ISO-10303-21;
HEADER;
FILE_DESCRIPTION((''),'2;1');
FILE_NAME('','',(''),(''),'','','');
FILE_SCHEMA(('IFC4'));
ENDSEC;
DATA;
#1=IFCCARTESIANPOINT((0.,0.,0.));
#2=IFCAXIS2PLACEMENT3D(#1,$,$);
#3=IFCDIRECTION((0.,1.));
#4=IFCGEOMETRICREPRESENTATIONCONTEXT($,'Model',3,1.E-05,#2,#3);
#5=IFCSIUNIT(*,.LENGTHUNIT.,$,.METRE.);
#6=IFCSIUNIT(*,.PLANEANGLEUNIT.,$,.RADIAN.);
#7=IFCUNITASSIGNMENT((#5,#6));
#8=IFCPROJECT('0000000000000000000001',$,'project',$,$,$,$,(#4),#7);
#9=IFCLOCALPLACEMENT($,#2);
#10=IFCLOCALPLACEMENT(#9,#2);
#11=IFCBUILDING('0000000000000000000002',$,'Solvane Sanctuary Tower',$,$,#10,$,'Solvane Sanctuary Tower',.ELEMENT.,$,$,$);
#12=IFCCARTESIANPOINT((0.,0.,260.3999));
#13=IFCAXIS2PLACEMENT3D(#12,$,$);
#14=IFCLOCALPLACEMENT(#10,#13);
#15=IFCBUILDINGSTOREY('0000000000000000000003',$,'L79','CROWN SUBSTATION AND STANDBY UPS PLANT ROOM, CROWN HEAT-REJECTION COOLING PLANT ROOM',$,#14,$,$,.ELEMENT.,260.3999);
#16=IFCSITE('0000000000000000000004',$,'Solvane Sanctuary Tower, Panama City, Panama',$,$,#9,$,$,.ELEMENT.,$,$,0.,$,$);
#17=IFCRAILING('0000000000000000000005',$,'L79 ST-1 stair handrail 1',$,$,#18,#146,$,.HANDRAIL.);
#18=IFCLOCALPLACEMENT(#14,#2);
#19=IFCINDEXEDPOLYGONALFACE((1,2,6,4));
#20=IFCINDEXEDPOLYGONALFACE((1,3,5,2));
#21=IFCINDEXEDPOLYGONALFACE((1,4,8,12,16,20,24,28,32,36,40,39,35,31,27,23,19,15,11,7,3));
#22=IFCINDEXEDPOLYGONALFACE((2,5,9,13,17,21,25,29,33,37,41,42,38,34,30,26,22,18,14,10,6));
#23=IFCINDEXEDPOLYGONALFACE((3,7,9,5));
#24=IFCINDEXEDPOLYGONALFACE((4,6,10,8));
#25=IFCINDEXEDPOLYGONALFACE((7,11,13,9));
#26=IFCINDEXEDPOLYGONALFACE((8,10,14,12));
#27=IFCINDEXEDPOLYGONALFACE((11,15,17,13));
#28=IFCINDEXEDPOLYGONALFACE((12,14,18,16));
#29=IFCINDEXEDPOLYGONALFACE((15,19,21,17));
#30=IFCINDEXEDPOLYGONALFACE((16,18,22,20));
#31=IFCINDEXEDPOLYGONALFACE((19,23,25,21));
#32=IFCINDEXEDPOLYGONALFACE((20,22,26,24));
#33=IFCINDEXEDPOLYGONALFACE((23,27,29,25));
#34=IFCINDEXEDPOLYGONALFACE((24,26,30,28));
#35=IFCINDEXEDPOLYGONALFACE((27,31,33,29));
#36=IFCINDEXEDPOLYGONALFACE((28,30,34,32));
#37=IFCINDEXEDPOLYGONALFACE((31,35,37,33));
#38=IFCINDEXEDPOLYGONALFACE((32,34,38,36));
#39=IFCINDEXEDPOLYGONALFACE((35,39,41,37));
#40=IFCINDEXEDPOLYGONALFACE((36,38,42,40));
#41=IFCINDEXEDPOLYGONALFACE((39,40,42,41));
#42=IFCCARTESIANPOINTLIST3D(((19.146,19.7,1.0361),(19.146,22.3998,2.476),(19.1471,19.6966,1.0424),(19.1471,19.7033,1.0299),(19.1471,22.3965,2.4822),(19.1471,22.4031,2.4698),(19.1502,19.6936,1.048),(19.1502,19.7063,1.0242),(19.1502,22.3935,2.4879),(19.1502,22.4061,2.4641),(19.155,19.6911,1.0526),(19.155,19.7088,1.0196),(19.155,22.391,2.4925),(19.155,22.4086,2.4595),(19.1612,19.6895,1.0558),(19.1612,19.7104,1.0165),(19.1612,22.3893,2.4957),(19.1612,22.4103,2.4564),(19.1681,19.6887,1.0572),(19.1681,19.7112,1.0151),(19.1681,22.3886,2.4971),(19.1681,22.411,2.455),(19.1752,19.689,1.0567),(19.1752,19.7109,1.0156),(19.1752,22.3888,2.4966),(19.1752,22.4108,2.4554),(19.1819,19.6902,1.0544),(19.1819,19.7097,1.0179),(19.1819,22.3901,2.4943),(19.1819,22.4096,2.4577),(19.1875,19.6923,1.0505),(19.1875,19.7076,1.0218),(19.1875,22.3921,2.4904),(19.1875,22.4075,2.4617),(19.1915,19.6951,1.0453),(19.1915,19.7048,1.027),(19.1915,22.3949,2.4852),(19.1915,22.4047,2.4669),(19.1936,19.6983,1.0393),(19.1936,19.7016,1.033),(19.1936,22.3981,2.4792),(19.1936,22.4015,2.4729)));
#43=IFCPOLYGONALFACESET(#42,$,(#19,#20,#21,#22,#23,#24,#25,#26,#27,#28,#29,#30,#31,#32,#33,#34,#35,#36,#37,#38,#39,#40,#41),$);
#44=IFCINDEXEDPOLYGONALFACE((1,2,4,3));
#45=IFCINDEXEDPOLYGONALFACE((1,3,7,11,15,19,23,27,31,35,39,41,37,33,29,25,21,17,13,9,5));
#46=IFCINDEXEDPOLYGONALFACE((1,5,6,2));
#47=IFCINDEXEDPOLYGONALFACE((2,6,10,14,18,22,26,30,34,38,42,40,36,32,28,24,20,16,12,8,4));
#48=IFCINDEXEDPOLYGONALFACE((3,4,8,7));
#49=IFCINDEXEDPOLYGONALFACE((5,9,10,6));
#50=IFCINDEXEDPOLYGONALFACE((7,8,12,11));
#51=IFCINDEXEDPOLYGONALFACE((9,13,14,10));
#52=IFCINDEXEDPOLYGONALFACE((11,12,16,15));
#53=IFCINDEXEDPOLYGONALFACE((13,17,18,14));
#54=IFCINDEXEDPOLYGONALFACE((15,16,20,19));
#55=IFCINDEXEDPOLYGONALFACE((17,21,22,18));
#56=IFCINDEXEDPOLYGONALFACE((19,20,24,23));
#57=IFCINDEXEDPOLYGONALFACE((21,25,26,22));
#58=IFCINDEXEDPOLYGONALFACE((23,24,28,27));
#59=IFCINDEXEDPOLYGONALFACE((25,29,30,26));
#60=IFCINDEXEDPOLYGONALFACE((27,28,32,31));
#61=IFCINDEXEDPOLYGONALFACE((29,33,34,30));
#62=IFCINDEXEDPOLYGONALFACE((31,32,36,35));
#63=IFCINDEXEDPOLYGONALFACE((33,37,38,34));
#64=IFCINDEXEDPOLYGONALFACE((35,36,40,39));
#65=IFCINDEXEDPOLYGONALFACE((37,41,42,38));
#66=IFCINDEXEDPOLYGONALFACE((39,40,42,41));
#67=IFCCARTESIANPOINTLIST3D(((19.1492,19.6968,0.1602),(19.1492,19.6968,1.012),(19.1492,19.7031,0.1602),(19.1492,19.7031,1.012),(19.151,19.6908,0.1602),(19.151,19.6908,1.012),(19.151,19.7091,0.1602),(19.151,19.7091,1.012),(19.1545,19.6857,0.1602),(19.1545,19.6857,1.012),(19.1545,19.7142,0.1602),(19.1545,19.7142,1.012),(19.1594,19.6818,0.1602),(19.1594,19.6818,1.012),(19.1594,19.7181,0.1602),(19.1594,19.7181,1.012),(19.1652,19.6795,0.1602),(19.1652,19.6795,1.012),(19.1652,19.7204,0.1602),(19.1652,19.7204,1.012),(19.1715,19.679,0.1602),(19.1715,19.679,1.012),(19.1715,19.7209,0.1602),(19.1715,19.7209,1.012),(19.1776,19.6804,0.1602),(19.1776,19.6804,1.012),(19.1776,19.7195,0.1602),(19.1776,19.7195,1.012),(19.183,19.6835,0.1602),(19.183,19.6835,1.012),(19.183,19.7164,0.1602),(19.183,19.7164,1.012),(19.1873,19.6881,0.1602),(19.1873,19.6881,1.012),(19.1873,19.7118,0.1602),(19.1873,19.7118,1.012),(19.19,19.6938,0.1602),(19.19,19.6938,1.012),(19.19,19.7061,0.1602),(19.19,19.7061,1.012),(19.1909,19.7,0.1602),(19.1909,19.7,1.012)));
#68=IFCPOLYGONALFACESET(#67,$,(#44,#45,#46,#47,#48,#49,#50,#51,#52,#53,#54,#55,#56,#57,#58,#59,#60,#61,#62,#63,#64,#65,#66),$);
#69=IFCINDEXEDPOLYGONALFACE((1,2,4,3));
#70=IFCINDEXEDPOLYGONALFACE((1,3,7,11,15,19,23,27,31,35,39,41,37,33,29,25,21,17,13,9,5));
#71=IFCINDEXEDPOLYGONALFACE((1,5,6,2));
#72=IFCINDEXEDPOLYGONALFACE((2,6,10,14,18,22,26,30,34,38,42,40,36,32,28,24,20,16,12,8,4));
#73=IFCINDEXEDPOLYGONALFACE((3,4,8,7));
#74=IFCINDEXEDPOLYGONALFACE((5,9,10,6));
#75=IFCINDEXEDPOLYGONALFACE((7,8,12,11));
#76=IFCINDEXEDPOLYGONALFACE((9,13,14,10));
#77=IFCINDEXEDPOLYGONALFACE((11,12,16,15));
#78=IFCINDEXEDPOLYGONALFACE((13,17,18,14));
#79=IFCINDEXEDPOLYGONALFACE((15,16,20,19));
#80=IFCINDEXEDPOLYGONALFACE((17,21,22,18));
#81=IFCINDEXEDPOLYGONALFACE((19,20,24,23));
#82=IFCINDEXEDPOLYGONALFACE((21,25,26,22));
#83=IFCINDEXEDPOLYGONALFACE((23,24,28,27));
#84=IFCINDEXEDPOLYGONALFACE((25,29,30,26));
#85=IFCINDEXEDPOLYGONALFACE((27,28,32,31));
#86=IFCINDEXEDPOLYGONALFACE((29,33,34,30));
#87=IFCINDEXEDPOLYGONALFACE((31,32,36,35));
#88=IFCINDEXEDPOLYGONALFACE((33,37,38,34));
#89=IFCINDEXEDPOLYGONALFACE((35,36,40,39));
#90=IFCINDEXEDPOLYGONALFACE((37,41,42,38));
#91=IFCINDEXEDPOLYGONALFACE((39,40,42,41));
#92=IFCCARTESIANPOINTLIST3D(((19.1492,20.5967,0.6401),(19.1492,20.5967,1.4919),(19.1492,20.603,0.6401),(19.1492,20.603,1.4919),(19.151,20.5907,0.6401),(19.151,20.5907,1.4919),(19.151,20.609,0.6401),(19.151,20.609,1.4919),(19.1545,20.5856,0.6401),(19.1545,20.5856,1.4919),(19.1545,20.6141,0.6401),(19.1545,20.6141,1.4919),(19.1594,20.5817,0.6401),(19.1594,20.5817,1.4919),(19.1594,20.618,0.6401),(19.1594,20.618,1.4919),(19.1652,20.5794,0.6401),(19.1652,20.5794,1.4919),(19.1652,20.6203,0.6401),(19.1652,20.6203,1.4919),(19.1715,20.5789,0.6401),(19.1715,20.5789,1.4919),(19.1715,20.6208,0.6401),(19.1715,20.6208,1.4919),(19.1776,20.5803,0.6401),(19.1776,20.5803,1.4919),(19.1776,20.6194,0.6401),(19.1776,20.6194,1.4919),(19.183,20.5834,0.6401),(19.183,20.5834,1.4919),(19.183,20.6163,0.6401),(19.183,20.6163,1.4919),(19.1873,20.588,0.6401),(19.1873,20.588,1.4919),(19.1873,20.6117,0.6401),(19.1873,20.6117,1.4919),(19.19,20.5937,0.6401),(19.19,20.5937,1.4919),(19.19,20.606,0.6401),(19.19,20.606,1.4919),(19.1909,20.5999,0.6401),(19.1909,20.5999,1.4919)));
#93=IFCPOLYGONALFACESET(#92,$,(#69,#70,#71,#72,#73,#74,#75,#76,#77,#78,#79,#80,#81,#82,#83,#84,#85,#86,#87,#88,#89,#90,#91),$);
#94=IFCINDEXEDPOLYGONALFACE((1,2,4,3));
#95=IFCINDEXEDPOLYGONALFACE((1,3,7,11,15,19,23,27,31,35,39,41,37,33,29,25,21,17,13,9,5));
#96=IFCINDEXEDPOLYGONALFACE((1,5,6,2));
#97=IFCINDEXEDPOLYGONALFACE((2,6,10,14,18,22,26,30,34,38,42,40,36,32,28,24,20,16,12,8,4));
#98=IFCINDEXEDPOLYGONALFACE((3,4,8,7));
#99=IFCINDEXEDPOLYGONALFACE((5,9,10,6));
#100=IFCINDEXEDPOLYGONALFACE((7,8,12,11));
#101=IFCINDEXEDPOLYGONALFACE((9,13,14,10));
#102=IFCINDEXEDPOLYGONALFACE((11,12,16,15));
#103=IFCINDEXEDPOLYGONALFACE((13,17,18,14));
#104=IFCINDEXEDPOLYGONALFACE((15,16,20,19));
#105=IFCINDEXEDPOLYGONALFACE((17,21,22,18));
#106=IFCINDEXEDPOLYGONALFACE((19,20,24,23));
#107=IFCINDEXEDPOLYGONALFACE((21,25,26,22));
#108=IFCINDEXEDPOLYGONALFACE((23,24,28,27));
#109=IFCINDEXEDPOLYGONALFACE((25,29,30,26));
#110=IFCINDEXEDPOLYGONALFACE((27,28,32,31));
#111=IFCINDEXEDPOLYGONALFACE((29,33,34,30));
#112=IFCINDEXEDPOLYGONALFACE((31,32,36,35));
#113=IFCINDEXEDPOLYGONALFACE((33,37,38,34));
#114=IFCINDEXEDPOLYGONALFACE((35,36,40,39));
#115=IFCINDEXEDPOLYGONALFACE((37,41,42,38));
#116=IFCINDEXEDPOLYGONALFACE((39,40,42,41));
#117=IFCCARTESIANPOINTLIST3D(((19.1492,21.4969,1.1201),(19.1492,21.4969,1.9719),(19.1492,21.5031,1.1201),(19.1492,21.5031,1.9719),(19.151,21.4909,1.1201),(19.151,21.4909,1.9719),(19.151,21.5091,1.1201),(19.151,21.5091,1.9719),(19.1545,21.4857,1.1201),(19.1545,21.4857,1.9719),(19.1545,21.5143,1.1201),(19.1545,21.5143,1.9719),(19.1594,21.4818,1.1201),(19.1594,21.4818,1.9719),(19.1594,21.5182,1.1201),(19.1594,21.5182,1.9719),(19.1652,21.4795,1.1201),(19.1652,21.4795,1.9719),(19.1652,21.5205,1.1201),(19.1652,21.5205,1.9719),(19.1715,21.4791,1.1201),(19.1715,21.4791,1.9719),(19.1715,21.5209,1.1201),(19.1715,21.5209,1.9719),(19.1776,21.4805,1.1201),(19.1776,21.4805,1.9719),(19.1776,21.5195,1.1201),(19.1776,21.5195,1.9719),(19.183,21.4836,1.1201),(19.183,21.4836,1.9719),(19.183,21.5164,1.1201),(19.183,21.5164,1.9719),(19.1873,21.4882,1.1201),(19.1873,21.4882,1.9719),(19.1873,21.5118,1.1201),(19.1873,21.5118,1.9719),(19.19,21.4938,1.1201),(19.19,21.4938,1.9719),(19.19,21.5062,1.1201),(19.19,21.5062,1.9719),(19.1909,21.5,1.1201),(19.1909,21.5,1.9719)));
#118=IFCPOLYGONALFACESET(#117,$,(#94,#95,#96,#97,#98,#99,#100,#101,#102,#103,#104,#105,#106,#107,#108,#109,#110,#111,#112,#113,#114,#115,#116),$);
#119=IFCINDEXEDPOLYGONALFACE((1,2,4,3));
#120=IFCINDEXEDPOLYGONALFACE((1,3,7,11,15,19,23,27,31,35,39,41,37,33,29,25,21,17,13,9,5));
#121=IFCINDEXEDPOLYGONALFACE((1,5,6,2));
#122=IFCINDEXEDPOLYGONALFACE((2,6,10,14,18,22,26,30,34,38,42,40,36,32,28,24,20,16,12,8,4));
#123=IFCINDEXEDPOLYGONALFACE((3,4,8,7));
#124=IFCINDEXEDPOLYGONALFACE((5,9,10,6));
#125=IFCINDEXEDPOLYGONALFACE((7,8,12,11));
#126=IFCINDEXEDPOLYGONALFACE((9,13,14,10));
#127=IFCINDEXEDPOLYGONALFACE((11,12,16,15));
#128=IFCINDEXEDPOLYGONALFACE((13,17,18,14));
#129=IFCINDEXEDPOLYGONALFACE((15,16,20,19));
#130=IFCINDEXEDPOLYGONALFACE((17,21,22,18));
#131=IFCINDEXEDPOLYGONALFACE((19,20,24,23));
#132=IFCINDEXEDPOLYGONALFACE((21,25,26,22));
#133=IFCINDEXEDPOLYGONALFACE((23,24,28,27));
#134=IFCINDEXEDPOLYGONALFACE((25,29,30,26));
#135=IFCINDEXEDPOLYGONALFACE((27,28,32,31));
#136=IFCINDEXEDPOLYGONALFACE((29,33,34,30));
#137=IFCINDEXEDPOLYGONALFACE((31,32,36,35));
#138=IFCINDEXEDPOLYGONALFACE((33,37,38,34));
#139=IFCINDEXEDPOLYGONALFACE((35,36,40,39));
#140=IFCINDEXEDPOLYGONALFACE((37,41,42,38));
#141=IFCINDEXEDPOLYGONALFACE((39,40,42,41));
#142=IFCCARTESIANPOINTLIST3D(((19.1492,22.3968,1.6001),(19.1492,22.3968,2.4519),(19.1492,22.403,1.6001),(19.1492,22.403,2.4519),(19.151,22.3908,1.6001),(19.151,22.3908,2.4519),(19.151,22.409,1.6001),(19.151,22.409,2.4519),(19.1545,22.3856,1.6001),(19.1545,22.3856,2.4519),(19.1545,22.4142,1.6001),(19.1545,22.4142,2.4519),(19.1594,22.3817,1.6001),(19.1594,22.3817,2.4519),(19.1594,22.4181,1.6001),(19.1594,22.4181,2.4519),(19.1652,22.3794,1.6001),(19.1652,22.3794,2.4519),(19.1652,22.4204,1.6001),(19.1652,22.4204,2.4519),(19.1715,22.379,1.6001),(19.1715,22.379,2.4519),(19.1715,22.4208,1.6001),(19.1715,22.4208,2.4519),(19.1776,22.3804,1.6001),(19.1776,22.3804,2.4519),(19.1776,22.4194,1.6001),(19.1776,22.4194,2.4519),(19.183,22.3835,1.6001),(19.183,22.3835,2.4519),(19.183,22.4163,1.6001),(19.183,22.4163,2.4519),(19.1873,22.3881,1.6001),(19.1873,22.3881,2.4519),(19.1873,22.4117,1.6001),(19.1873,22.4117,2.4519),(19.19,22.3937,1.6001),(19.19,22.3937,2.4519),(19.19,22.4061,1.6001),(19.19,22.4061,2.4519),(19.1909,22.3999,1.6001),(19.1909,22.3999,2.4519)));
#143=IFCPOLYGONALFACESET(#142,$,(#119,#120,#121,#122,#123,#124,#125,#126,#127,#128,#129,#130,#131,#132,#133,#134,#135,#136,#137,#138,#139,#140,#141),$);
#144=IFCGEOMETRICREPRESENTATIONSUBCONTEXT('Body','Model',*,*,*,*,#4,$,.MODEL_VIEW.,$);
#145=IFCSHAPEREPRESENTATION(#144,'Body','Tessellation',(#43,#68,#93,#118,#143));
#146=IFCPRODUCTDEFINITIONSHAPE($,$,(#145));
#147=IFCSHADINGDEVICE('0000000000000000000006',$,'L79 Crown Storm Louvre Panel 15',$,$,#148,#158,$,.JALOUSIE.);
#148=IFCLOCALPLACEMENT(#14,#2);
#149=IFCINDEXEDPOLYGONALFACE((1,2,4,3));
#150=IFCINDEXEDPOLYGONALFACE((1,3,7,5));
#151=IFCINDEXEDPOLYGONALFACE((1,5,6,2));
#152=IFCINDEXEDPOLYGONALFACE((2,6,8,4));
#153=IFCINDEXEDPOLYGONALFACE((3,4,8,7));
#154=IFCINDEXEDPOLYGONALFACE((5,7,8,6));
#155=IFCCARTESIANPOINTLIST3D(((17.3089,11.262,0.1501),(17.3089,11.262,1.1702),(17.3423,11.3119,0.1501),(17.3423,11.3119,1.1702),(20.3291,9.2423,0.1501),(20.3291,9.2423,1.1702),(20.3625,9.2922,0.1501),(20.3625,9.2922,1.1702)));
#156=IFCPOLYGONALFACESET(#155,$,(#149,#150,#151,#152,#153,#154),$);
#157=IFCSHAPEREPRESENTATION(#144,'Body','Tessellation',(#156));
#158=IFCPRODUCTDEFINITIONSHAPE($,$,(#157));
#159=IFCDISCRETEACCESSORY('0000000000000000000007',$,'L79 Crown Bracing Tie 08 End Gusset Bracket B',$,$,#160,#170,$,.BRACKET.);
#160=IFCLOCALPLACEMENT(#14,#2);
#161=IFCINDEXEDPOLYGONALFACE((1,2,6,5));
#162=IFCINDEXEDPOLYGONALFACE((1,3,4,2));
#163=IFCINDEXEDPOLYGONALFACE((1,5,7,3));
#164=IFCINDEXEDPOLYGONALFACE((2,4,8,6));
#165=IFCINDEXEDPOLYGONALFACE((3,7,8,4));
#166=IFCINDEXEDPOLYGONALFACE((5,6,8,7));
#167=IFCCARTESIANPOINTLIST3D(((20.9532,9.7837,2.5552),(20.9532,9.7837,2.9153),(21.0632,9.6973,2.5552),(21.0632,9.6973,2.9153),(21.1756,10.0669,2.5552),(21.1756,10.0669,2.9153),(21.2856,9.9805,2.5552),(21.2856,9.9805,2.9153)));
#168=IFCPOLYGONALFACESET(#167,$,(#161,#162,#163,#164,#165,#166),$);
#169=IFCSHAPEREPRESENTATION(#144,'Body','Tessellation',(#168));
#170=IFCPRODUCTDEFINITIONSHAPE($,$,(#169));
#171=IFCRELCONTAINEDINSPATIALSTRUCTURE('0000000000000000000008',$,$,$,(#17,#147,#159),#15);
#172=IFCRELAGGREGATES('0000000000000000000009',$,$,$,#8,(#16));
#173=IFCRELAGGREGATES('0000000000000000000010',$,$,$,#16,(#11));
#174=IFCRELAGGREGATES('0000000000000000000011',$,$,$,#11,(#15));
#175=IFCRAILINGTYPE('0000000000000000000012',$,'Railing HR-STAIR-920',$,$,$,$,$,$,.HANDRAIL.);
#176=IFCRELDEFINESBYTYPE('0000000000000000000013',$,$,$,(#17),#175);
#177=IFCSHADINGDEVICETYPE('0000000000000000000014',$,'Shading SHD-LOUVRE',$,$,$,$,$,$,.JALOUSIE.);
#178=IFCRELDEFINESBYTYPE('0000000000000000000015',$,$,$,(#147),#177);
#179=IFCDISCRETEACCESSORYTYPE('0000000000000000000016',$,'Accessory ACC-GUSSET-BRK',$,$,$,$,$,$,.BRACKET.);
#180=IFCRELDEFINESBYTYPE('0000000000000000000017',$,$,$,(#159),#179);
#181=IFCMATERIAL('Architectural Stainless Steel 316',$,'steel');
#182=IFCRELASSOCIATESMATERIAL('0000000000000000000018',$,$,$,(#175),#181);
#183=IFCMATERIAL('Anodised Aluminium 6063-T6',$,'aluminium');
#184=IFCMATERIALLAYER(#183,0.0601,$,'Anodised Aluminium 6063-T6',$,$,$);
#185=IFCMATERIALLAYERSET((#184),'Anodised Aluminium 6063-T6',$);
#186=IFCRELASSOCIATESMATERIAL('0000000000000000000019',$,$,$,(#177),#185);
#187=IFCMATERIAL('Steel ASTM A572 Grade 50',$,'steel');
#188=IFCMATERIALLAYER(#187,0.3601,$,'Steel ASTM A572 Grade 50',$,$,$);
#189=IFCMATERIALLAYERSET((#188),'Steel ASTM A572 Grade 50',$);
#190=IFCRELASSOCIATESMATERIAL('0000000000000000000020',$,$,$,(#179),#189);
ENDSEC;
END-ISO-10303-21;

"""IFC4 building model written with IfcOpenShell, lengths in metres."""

from ifc_helpers import new_model, si_unit, direction, frame, origin, origin_2d, place, context, subcontext, project, spatial, rectangle, circle, extrude, material, layer, layer_set, type_object, element, save


model = new_model("IFC4")

# Units and contexts
model_context = context("Model", 3, precision=1e-05, world=origin(), true_north=direction((0.0, 1.0)))
body_context = subcontext(model_context, "Body", "Model", "MODEL_VIEW")
ifc_project = project(units=[si_unit("LENGTHUNIT", "METRE"), si_unit("PLANEANGLEUNIT", "RADIAN")], contexts=[model_context])

# Site, building, storey
site_placement = place(None, origin())
site = spatial("IfcSite", under=ifc_project, at=site_placement, Name="Solvane Sanctuary Tower, Panama City, Panama", CompositionType="ELEMENT", RefElevation=0.0)
building_placement = place(site_placement, origin())
building = spatial("IfcBuilding", under=site, at=building_placement, Name="Solvane Sanctuary Tower", LongName="Solvane Sanctuary Tower", CompositionType="ELEMENT")
storey_placement = place(building_placement, frame((0.0, 0.0, 260.3999)))
storey = spatial("IfcBuildingStorey", under=building, at=storey_placement, Name="L79", Description="CROWN SUBSTATION AND STANDBY UPS PLANT ROOM, CROWN HEAT-REJECTION COOLING PLANT ROOM", CompositionType="ELEMENT", Elevation=260.3999)

# Shared definitions
ifc_material_1 = material(Name="Anodised Aluminium 6063-T6", Category="aluminium")

# Shared definitions
ifc_material_2 = material(Name="Steel ASTM A572 Grade 50", Category="steel")

# Shared definitions
ifc_material_3 = material(Name="Architectural Stainless Steel 316", Category="steel")

# Railing
railing_type_1 = type_object("IfcRailingType", Name="Railing HR-STAIR-920", PredefinedType="HANDRAIL", material=ifc_material_3)
railing_1_placement = place(storey_placement, frame((19.1699, 19.7, 0.1602)))
element("IfcRailing", 1, at=railing_1_placement, inside=storey, type_object=railing_type_1, Name="L79 ST-1 stair handrail 1", PredefinedType="HANDRAIL", context=body_context, shape_type="SweptSolid", body=[
    extrude(circle(Radius=0.0239, at=origin_2d()), frame((0.0, 0.0, 0.876), z_axis=(0.0, 0.882357, 0.47058), x_axis=(-1.0, 0.0, 0.0)), (0.0, 0.0, 1.0), 3.0598),
    extrude(circle(Radius=0.021, at=origin_2d()), origin(), (0.0, 0.0, 1.0), 0.8518),
    extrude(circle(Radius=0.021, at=origin_2d()), frame((0.0, 0.8999, 0.48)), (0.0, 0.0, 1.0), 0.8518),
    extrude(circle(Radius=0.021, at=origin_2d()), frame((0.0, 1.8, 0.96)), (0.0, 0.0, 1.0), 0.8518),
    extrude(circle(Radius=0.021, at=origin_2d()), frame((0.0, 2.7, 1.4399)), (0.0, 0.0, 1.0), 0.8518),
])

# Shading device
ifc_layer_1 = layer(ifc_material_1, 0.0601, Name="Anodised Aluminium 6063-T6")
ifc_layer_set_1 = layer_set([ifc_layer_1], Name="Anodised Aluminium 6063-T6")
shading_device_type = type_object("IfcShadingDeviceType", Name="Shading SHD-LOUVRE", PredefinedType="JALOUSIE", material=ifc_layer_set_1)
shading_device_placement = place(storey_placement, frame((18.8357, 10.2771, 0.1501), z_axis=(0.0, 0.0, 1.0), x_axis=(0.831257, -0.555888, 0.0)))
element("IfcShadingDevice", 2, at=shading_device_placement, inside=storey, type_object=shading_device_type, Name="L79 Crown Storm Louvre Panel 15", PredefinedType="JALOUSIE", context=body_context, shape_type="SweptSolid", body=[
    extrude(rectangle(XDim=3.6333, YDim=0.0601, at=origin_2d()), origin(), (0.0, 0.0, 1.0), 1.02),
])

# Discrete accessory
ifc_layer_2 = layer(ifc_material_2, 0.3601, Name="Steel ASTM A572 Grade 50")
ifc_layer_set_2 = layer_set([ifc_layer_2], Name="Steel ASTM A572 Grade 50")
discrete_accessory_type = type_object("IfcDiscreteAccessoryType", Name="Accessory ACC-GUSSET-BRK", PredefinedType="BRACKET", material=ifc_layer_set_2)
discrete_accessory_placement = place(storey_placement, frame((21.1194, 9.8821, 2.5552), z_axis=(0.0, 0.0, 1.0), x_axis=(-0.617722, -0.786396, 0.0)))
element("IfcDiscreteAccessory", 3, at=discrete_accessory_placement, inside=storey, type_object=discrete_accessory_type, Name="L79 Crown Bracing Tie 08 End Gusset Bracket B", PredefinedType="BRACKET", context=body_context, shape_type="SweptSolid", body=[
    extrude(rectangle(XDim=0.3601, YDim=0.1399, at=origin_2d()), origin(), (0.0, 0.0, 1.0), 0.3601),
])

save(model, "model.ifc")
